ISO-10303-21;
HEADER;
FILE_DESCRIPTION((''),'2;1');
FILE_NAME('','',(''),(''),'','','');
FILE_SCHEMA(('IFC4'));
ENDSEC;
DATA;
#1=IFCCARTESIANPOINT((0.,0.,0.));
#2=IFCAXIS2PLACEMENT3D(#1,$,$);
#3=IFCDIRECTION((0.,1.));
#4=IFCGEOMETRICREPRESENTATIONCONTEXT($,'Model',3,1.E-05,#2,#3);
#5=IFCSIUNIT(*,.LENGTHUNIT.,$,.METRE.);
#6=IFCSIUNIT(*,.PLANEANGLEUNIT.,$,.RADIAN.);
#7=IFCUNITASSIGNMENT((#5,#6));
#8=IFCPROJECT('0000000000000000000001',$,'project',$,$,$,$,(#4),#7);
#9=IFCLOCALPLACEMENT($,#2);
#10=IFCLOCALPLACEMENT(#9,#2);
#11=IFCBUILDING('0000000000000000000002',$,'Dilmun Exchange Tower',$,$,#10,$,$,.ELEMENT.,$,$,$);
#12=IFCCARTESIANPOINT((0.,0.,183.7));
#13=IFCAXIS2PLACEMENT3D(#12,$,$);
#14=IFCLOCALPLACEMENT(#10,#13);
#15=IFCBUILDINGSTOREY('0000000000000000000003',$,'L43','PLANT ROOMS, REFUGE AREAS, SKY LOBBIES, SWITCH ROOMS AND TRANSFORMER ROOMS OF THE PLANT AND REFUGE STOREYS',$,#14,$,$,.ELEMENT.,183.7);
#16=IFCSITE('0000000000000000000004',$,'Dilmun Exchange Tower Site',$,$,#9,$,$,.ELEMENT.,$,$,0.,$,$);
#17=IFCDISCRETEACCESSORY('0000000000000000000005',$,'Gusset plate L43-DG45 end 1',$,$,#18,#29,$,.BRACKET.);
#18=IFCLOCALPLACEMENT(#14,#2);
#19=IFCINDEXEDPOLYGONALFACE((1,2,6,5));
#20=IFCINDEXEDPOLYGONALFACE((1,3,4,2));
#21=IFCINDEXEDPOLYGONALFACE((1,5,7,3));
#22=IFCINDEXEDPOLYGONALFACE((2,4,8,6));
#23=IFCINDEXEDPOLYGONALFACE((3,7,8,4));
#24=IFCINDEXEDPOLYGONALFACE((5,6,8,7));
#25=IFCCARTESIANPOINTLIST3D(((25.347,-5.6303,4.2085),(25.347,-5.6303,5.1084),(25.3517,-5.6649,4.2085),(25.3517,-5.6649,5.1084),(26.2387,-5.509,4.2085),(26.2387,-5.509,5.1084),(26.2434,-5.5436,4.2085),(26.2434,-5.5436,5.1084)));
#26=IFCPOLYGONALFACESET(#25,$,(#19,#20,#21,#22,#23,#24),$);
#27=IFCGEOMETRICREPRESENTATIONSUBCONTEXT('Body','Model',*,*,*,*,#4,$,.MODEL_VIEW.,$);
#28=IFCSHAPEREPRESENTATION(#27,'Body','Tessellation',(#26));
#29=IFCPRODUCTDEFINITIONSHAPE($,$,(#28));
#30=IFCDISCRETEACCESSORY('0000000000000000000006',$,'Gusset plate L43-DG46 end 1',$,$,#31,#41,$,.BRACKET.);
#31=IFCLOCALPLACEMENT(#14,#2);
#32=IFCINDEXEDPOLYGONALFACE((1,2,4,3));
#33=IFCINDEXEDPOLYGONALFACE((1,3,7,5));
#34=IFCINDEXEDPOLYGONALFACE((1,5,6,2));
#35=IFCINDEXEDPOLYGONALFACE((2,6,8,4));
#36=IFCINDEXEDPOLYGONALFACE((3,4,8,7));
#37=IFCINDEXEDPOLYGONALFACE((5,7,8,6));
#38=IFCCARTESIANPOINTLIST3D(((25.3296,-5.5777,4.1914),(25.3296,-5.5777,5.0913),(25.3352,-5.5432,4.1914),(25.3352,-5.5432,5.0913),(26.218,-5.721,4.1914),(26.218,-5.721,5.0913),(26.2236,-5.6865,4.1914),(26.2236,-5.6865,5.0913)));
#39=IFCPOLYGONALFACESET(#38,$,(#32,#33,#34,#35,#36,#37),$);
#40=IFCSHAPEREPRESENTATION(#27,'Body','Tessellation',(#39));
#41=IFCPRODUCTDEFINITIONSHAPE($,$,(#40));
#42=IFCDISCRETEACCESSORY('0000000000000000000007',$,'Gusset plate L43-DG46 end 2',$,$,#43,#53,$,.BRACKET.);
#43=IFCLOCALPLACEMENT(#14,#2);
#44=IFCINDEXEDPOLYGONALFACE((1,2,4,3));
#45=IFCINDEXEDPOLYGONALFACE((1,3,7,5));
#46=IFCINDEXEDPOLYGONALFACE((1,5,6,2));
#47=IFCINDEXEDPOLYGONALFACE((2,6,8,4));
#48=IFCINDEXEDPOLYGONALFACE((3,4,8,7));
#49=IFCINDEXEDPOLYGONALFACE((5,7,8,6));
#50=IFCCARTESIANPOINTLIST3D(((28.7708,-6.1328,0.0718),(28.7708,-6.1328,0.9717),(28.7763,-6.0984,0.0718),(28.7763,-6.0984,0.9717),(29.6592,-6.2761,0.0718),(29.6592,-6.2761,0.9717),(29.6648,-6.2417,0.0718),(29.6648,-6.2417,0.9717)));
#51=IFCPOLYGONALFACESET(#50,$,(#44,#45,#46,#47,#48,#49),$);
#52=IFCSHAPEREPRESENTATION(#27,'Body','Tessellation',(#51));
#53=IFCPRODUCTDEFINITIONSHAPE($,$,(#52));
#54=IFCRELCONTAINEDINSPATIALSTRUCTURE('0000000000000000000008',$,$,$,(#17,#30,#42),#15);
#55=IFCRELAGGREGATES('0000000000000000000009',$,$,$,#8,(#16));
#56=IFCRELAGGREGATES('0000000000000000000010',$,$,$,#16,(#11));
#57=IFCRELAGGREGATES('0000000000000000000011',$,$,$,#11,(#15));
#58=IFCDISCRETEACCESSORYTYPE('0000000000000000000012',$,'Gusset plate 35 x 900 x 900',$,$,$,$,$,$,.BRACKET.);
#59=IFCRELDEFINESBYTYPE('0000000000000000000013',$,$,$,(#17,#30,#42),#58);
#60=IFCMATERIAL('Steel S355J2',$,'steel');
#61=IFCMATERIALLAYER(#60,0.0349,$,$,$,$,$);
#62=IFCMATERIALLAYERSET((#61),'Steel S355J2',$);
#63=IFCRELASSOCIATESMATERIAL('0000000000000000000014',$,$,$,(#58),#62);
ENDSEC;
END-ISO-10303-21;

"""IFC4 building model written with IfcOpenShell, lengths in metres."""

from ifc_helpers import new_model, si_unit, direction, frame, origin, origin_2d, place, context, subcontext, project, spatial, rectangle, extrude, material, layer, layer_set, type_object, element, save


model = new_model("IFC4")

# Units and contexts
model_context = context("Model", 3, precision=1e-05, world=origin(), true_north=direction((0.0, 1.0)))
body_context = subcontext(model_context, "Body", "Model", "MODEL_VIEW")
ifc_project = project(units=[si_unit("LENGTHUNIT", "METRE"), si_unit("PLANEANGLEUNIT", "RADIAN")], contexts=[model_context])

# Site, building, storey
site_placement = place(None, origin())
site = spatial("IfcSite", under=ifc_project, at=site_placement, Name="Dilmun Exchange Tower Site", CompositionType="ELEMENT", RefElevation=0.0)
building_placement = place(site_placement, origin())
building = spatial("IfcBuilding", under=site, at=building_placement, Name="Dilmun Exchange Tower", CompositionType="ELEMENT")
storey_placement = place(building_placement, frame((0.0, 0.0, 183.7)))
storey = spatial("IfcBuildingStorey", under=building, at=storey_placement, Name="L43", Description="PLANT ROOMS, REFUGE AREAS, SKY LOBBIES, SWITCH ROOMS AND TRANSFORMER ROOMS OF THE PLANT AND REFUGE STOREYS", CompositionType="ELEMENT", Elevation=183.7)

# Discrete accessories
ifc_material_1 = material(Name="Steel S355J2", Category="steel")
ifc_layer_1 = layer(ifc_material_1, 0.0349)
ifc_layer_set_1 = layer_set([ifc_layer_1], Name="Steel S355J2")
discrete_accessory_type = type_object("IfcDiscreteAccessoryType", Name="Gusset plate 35 x 900 x 900", PredefinedType="BRACKET", material=ifc_layer_set_1)
for number, where, z_axis, x_axis, name in (
    (1, (25.7952, -5.5869, 4.2085), (0.0, 0.0, 1.0), (0.990874, 0.134789, 0.0), "Gusset plate L43-DG45 end 1"),
    (2, (25.7766, -5.6321, 4.1914), (0.0, 0.0, 1.0), (0.987242, -0.159226, 0.0), "Gusset plate L43-DG46 end 1"),
    (3, (29.2178, -6.1873, 0.0718), (0.0, 0.0, 1.0), (0.987242, -0.159226, 0.0), "Gusset plate L43-DG46 end 2"),
):
    element("IfcDiscreteAccessory", number, at=place(storey_placement, frame(where, z_axis=z_axis, x_axis=x_axis)), inside=storey, type_object=discrete_accessory_type, Name=name, PredefinedType="BRACKET", context=body_context, shape_type="SweptSolid", body=[
        extrude(rectangle(XDim=0.8999, YDim=0.0349, at=origin_2d()), origin(), (0.0, 0.0, 1.0), 0.8999),
    ])

save(model, "model.ifc")
